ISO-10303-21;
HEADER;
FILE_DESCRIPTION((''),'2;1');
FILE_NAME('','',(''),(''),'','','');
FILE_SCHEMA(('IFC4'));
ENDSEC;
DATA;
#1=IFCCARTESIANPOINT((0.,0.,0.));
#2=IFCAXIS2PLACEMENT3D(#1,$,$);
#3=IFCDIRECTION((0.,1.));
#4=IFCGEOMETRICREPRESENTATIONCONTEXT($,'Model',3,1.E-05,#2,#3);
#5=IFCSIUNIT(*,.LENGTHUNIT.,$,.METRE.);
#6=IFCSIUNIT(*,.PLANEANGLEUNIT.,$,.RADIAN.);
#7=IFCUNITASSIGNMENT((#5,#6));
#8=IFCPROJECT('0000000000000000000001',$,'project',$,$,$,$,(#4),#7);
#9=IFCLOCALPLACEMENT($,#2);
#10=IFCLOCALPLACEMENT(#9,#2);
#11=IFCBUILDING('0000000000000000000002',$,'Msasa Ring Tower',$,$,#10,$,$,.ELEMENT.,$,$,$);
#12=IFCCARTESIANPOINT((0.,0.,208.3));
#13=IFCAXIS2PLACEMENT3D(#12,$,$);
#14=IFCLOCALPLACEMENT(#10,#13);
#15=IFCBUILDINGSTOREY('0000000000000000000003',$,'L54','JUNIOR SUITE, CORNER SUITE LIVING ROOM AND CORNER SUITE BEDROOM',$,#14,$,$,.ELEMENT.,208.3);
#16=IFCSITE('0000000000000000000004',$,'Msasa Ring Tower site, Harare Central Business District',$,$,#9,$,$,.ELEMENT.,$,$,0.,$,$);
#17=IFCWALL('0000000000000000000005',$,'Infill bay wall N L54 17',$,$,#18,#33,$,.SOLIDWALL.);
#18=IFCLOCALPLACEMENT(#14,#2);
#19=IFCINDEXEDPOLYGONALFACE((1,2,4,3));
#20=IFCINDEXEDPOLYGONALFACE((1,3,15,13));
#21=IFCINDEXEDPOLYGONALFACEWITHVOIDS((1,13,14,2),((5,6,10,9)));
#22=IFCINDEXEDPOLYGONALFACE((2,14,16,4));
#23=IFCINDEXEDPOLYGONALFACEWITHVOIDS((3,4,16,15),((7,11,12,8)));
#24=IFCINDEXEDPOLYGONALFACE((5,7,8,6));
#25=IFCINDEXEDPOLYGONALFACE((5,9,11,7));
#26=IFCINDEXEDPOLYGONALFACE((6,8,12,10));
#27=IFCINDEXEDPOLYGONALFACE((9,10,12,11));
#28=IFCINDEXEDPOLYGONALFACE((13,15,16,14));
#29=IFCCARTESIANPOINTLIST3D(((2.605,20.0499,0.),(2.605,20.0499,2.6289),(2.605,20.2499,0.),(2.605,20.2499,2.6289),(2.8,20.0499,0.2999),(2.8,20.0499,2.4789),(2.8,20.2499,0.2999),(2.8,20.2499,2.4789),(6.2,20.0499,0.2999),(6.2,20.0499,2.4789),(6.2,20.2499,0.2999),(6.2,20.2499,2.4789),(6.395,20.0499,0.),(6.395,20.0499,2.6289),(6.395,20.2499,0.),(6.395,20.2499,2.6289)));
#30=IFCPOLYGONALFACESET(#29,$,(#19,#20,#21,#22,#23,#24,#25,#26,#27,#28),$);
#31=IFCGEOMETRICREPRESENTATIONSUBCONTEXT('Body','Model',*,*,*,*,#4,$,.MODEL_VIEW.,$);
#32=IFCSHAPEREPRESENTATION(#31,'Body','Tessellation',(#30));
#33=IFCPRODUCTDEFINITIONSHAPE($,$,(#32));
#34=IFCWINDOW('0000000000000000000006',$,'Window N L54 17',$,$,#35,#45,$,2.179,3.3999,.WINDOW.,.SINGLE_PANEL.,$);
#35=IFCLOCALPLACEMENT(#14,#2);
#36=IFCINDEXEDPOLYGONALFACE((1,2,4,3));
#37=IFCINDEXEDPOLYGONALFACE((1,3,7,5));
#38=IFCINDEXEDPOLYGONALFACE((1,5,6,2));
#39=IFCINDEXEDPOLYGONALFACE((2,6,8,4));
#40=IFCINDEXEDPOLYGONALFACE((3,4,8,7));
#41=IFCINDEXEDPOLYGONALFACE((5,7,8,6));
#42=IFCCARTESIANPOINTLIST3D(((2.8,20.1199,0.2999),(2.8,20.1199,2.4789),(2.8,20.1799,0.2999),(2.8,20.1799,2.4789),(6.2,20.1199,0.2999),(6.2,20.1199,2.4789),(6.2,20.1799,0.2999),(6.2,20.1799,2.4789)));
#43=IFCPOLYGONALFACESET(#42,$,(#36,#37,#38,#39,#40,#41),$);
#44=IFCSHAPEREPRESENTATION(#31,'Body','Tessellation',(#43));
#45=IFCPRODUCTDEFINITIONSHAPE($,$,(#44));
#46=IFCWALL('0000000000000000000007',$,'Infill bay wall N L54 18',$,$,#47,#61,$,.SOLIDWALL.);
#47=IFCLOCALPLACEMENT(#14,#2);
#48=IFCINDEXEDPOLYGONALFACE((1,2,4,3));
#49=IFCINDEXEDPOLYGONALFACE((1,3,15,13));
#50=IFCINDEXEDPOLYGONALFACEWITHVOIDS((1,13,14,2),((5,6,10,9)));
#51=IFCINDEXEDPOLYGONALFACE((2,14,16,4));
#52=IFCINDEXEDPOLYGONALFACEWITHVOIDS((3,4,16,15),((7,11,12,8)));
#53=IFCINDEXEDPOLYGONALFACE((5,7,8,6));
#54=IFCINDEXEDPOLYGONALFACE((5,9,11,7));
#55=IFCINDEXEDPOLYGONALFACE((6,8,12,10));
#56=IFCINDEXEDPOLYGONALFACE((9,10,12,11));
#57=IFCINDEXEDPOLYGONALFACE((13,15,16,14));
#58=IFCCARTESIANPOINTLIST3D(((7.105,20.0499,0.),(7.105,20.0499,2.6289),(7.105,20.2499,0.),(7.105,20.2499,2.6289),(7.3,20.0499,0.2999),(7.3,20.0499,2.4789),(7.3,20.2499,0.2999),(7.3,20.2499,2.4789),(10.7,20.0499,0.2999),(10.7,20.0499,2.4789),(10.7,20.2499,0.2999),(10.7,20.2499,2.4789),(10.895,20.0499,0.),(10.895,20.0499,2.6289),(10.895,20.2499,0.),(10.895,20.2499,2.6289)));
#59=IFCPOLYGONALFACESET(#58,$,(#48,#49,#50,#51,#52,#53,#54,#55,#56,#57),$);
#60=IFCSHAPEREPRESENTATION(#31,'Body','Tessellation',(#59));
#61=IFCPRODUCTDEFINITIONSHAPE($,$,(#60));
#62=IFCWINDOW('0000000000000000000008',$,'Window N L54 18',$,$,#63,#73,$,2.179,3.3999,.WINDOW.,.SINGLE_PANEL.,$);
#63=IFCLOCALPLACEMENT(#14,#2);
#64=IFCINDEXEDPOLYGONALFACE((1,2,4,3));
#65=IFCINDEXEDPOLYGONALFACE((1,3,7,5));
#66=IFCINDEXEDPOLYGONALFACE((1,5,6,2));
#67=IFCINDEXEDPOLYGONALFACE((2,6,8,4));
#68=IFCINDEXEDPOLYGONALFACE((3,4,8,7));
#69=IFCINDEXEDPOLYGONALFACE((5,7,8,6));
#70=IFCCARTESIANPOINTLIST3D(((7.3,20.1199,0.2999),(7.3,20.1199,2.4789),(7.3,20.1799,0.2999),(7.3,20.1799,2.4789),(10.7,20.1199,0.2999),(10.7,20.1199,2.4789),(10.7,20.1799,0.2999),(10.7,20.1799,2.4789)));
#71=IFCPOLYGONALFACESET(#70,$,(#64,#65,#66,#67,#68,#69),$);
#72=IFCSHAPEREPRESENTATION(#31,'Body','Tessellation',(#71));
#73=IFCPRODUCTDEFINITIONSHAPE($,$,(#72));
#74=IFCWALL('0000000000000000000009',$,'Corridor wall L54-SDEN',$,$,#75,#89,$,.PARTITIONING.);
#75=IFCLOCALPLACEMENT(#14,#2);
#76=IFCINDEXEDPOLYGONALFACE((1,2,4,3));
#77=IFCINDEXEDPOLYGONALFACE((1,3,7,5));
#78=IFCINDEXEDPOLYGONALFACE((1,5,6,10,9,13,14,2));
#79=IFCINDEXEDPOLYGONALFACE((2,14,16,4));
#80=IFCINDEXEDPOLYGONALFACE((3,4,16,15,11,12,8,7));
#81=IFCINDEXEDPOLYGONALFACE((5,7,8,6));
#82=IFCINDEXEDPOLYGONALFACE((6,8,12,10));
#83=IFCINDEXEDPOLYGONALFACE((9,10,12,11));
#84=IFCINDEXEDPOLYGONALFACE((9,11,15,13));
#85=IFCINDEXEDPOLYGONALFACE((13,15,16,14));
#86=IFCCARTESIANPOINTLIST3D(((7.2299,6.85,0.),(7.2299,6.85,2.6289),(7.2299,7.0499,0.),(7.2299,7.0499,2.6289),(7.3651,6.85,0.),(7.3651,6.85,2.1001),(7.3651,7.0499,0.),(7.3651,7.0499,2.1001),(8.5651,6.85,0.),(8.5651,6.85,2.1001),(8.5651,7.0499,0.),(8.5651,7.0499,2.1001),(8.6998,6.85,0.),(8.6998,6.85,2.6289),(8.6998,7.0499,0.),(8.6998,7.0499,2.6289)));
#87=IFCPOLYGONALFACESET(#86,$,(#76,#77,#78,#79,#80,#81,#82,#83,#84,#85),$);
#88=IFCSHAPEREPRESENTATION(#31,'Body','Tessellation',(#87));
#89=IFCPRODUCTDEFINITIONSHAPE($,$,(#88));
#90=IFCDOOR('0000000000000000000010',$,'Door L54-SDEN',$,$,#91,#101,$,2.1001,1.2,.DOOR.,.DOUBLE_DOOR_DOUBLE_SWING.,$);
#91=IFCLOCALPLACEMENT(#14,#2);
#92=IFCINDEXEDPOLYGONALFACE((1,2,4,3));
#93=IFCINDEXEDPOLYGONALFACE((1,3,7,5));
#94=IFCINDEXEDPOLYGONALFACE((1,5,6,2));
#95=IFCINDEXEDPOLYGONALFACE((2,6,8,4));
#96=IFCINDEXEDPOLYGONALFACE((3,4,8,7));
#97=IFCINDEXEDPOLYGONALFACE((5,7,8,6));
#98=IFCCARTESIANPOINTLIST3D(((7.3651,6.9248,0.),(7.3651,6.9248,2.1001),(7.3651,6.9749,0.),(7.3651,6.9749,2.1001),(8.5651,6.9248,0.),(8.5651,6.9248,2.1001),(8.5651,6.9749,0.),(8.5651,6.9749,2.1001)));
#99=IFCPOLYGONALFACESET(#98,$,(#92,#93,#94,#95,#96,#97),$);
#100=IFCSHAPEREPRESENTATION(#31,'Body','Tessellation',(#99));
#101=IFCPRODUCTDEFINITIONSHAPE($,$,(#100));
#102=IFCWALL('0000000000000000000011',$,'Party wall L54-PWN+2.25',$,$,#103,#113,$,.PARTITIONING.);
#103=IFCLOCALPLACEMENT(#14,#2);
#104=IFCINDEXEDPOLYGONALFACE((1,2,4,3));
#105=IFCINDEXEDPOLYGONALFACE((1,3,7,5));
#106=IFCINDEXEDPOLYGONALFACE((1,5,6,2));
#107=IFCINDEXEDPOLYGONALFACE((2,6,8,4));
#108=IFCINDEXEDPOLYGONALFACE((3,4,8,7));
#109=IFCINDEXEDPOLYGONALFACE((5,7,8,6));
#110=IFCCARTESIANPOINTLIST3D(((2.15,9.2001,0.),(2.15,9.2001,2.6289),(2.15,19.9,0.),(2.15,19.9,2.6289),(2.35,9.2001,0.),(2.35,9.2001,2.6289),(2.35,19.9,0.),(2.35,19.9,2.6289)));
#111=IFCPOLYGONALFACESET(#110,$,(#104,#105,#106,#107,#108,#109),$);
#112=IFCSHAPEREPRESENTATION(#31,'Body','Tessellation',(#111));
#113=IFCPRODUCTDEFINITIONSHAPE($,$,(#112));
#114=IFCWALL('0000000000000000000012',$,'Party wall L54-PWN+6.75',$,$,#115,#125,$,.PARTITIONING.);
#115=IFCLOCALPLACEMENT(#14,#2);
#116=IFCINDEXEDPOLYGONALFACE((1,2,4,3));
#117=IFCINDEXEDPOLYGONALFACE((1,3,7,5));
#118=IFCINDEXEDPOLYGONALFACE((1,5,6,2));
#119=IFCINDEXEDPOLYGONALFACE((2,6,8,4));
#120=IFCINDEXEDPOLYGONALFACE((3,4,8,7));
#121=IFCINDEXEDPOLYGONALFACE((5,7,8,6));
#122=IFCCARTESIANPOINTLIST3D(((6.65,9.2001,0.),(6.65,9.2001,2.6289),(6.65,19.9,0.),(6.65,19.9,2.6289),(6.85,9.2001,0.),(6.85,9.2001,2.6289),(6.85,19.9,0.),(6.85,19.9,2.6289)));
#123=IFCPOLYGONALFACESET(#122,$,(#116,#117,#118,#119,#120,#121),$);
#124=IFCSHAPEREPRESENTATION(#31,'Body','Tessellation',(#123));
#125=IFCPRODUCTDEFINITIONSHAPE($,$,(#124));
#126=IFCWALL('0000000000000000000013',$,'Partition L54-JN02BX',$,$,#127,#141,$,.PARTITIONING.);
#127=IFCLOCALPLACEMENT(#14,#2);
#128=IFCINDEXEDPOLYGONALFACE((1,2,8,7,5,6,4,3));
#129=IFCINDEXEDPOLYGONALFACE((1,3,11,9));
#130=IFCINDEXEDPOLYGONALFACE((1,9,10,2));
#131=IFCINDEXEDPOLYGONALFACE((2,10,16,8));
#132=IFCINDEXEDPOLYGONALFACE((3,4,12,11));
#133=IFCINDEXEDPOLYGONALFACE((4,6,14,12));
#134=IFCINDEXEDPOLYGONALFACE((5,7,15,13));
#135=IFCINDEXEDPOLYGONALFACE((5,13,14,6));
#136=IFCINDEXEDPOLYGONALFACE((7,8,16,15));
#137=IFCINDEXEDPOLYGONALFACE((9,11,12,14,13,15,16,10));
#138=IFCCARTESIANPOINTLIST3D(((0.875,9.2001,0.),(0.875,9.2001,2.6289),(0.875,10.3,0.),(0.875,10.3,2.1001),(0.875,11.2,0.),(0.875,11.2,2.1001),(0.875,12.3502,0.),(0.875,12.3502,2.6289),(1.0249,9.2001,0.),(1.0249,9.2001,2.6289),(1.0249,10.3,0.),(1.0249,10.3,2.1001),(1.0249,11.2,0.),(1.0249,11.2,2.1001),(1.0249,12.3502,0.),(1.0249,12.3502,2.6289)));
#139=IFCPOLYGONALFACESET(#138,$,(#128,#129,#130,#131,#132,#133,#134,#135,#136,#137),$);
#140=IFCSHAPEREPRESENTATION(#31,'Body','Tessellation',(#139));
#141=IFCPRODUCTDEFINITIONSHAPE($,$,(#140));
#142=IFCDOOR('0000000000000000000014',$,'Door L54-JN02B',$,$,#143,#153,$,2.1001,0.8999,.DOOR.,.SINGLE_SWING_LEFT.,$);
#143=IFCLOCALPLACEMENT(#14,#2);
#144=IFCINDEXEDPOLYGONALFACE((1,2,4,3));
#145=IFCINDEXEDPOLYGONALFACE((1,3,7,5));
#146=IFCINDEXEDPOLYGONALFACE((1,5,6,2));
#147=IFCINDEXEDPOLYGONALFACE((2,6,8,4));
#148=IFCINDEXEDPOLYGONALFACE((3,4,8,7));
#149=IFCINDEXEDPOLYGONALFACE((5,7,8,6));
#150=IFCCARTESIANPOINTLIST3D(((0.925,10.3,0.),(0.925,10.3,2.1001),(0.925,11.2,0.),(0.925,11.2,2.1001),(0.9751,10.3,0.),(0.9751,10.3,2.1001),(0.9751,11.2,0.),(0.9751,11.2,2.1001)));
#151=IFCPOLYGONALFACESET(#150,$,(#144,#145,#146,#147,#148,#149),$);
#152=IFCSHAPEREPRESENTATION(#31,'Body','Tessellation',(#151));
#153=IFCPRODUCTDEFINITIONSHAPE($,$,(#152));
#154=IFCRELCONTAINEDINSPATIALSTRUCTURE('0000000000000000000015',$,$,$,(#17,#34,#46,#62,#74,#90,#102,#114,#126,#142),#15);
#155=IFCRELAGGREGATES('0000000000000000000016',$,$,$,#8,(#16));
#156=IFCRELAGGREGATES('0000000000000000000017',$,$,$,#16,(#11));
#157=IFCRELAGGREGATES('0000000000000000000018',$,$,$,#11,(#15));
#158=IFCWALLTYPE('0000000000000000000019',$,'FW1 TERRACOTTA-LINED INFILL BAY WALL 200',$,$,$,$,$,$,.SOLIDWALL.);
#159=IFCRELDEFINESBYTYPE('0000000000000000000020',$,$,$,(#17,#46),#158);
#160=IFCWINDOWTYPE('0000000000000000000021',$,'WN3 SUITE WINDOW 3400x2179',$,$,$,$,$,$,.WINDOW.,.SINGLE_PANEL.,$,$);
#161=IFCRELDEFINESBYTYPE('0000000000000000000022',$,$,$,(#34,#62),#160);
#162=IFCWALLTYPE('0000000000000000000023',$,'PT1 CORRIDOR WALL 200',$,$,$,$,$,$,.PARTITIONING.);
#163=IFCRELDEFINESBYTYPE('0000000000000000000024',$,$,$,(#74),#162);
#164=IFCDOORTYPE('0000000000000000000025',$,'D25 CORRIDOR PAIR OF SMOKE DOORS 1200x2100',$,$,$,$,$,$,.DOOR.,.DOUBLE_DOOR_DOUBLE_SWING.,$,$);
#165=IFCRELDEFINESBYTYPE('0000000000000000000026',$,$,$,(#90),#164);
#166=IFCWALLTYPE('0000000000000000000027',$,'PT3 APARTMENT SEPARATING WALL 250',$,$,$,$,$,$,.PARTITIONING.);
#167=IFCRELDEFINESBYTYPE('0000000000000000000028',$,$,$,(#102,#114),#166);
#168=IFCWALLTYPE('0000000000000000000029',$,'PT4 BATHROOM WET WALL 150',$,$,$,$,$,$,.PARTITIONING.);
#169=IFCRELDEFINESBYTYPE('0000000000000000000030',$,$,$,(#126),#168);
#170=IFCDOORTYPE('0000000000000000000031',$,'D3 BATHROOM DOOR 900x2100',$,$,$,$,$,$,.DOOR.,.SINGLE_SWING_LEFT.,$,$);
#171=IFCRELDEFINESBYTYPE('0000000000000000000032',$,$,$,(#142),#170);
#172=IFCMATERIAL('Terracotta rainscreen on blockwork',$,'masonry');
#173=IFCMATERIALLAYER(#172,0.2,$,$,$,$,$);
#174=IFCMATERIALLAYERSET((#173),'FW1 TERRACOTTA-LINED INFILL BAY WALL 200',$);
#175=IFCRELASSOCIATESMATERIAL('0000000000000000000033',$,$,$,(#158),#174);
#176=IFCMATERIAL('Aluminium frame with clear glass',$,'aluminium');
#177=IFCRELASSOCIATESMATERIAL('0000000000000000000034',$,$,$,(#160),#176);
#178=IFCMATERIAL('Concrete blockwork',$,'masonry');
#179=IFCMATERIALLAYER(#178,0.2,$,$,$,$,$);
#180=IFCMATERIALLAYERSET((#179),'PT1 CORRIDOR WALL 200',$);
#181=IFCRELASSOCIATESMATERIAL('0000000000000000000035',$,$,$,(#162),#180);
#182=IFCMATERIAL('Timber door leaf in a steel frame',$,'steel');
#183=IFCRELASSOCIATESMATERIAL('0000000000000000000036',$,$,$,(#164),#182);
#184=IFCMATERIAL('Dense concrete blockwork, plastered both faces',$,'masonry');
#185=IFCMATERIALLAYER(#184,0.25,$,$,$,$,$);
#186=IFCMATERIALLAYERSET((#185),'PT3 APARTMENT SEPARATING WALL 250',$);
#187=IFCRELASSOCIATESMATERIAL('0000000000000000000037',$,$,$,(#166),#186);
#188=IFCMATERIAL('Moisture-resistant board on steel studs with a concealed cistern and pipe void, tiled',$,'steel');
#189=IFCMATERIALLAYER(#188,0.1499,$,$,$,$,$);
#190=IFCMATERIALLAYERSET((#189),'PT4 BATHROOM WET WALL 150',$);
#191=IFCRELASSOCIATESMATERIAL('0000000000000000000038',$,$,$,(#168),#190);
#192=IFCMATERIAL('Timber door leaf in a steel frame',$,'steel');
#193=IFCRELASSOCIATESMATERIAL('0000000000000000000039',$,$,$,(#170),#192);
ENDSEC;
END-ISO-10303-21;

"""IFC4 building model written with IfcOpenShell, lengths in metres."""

from ifc_helpers import new_model, si_unit, direction, frame, frame_2d, origin, place, context, subcontext, project, spatial, rectangle, extrude, material, layer, layer_set, type_object, element, fill, save


model = new_model("IFC4")

# Units and contexts
model_context = context("Model", 3, precision=1e-05, world=origin(), true_north=direction((0.0, 1.0)))
body_context = subcontext(model_context, "Body", "Model", "MODEL_VIEW")
ifc_project = project(units=[si_unit("LENGTHUNIT", "METRE"), si_unit("PLANEANGLEUNIT", "RADIAN")], contexts=[model_context])

# Site, building, storey
site_placement = place(None, origin())
site = spatial("IfcSite", under=ifc_project, at=site_placement, Name="Msasa Ring Tower site, Harare Central Business District", CompositionType="ELEMENT", RefElevation=0.0)
building_placement = place(site_placement, origin())
building = spatial("IfcBuilding", under=site, at=building_placement, Name="Msasa Ring Tower", CompositionType="ELEMENT")
storey_placement = place(building_placement, frame((0.0, 0.0, 208.3)))
storey = spatial("IfcBuildingStorey", under=building, at=storey_placement, Name="L54", Description="JUNIOR SUITE, CORNER SUITE LIVING ROOM AND CORNER SUITE BEDROOM", CompositionType="ELEMENT", Elevation=208.3)

# Walls, openings, windows
ifc_material_1 = material(Name="Terracotta rainscreen on blockwork", Category="masonry")
ifc_layer_1 = layer(ifc_material_1, 0.2)
ifc_layer_set_1 = layer_set([ifc_layer_1], Name="FW1 TERRACOTTA-LINED INFILL BAY WALL 200")
wall_type_1 = type_object("IfcWallType", Name="FW1 TERRACOTTA-LINED INFILL BAY WALL 200", PredefinedType="SOLIDWALL", material=ifc_layer_set_1)
wall_1_placement = place(storey_placement, frame((2.605, 20.1499, 0.0), z_axis=(0.0, 0.0, 1.0), x_axis=(1.0, 0.0, 0.0)))
wall_1 = element("IfcWall", 1, at=wall_1_placement, inside=storey, type_object=wall_type_1, Name="Infill bay wall N L54 17", PredefinedType="SOLIDWALL", context=body_context, shape_type="SweptSolid", body=[
    extrude(rectangle(XDim=3.79, YDim=0.2, at=frame_2d((1.895, 0.0))), origin(), (0.0, 0.0, 1.0), 2.6289),
])
opening_1_placement = place(wall_1_placement, frame((0.1951, 0.0, 0.3)))
opening_1 = element("IfcOpeningElement", 2, at=opening_1_placement, cuts=wall_1, PredefinedType="OPENING", context=body_context, shape_type="SweptSolid", body=[
    extrude(rectangle(XDim=3.3999, YDim=2.179, at=frame_2d((1.7, 1.0894))), frame((0.0, 0.1099, 0.0), z_axis=(0.0, -1.0, 0.0), x_axis=(1.0, 0.0, 0.0)), (0.0, 0.0, 1.0), 0.22),
])
ifc_material_2 = material(Name="Aluminium frame with clear glass", Category="aluminium")
window_type = type_object("IfcWindowType", Name="WN3 SUITE WINDOW 3400x2179", PartitioningType="SINGLE_PANEL", PredefinedType="WINDOW", material=ifc_material_2)
window_1_placement = place(opening_1_placement, origin())
window_1 = element("IfcWindow", 3, at=window_1_placement, inside=storey, type_object=window_type, Name="Window N L54 17", OverallHeight=2.179, OverallWidth=3.3999, PartitioningType="SINGLE_PANEL", PredefinedType="WINDOW", context=body_context, shape_type="SweptSolid", body=[
    extrude(rectangle(XDim=3.3999, YDim=2.179, at=frame_2d((1.7, 1.0894))), frame((0.0, 0.03, 0.0), z_axis=(0.0, -1.0, 0.0), x_axis=(1.0, 0.0, 0.0)), (0.0, 0.0, 1.0), 0.0601),
])
fill(opening_1, window_1)
wall_2_placement = place(storey_placement, frame((7.105, 20.1499, 0.0), z_axis=(0.0, 0.0, 1.0), x_axis=(1.0, 0.0, 0.0)))
wall_2 = element("IfcWall", 4, at=wall_2_placement, inside=storey, type_object=wall_type_1, Name="Infill bay wall N L54 18", PredefinedType="SOLIDWALL", context=body_context, shape_type="SweptSolid", body=[
    extrude(rectangle(XDim=3.79, YDim=0.2, at=frame_2d((1.895, 0.0))), origin(), (0.0, 0.0, 1.0), 2.6289),
])
opening_2_placement = place(wall_2_placement, frame((0.1951, 0.0, 0.3)))
opening_2 = element("IfcOpeningElement", 5, at=opening_2_placement, cuts=wall_2, PredefinedType="OPENING", context=body_context, shape_type="SweptSolid", body=[
    extrude(rectangle(XDim=3.3999, YDim=2.179, at=frame_2d((1.7, 1.0894))), frame((0.0, 0.1099, 0.0), z_axis=(0.0, -1.0, 0.0), x_axis=(1.0, 0.0, 0.0)), (0.0, 0.0, 1.0), 0.22),
])
window_2_placement = place(opening_2_placement, origin())
window_2 = element("IfcWindow", 6, at=window_2_placement, inside=storey, type_object=window_type, Name="Window N L54 18", OverallHeight=2.179, OverallWidth=3.3999, PartitioningType="SINGLE_PANEL", PredefinedType="WINDOW", context=body_context, shape_type="SweptSolid", body=[
    extrude(rectangle(XDim=3.3999, YDim=2.179, at=frame_2d((1.7, 1.0894))), frame((0.0, 0.03, 0.0), z_axis=(0.0, -1.0, 0.0), x_axis=(1.0, 0.0, 0.0)), (0.0, 0.0, 1.0), 0.0601),
])
fill(opening_2, window_2)

# Wall, opening, door
ifc_material_3 = material(Name="Concrete blockwork", Category="masonry")
ifc_layer_2 = layer(ifc_material_3, 0.2)
ifc_layer_set_2 = layer_set([ifc_layer_2], Name="PT1 CORRIDOR WALL 200")
wall_type_2 = type_object("IfcWallType", Name="PT1 CORRIDOR WALL 200", PredefinedType="PARTITIONING", material=ifc_layer_set_2)
wall_3_placement = place(storey_placement, frame((7.23, 6.95, 0.0), z_axis=(0.0, 0.0, 1.0), x_axis=(1.0, 0.0, 0.0)))
wall_3 = element("IfcWall", 7, at=wall_3_placement, inside=storey, type_object=wall_type_2, Name="Corridor wall L54-SDEN", PredefinedType="PARTITIONING", context=body_context, shape_type="SweptSolid", body=[
    extrude(rectangle(XDim=1.47, YDim=0.2, at=frame_2d((0.7349, 0.0))), origin(), (0.0, 0.0, 1.0), 2.6289),
])
opening_3_placement = place(wall_3_placement, frame((0.135, 0.0, 0.0)))
opening_3 = element("IfcOpeningElement", 8, at=opening_3_placement, cuts=wall_3, PredefinedType="OPENING", context=body_context, shape_type="SweptSolid", body=[
    extrude(rectangle(XDim=1.2, YDim=2.1001, at=frame_2d((0.6001, 1.05))), frame((0.0, 0.1099, 0.0), z_axis=(0.0, -1.0, 0.0), x_axis=(1.0, 0.0, 0.0)), (0.0, 0.0, 1.0), 0.22),
])
ifc_material_4 = material(Name="Timber door leaf in a steel frame", Category="steel")
door_type_1 = type_object("IfcDoorType", Name="D25 CORRIDOR PAIR OF SMOKE DOORS 1200x2100", OperationType="DOUBLE_DOOR_DOUBLE_SWING", PredefinedType="DOOR", material=ifc_material_4)
door_1_placement = place(opening_3_placement, origin())
door_1 = element("IfcDoor", 9, at=door_1_placement, inside=storey, type_object=door_type_1, Name="Door L54-SDEN", OperationType="DOUBLE_DOOR_DOUBLE_SWING", OverallHeight=2.1001, OverallWidth=1.2, PredefinedType="DOOR", context=body_context, shape_type="SweptSolid", body=[
    extrude(rectangle(XDim=1.2, YDim=2.1001, at=frame_2d((0.6001, 1.05))), frame((0.0, 0.0249, 0.0), z_axis=(0.0, -1.0, 0.0), x_axis=(1.0, 0.0, 0.0)), (0.0, 0.0, 1.0), 0.05),
])
fill(opening_3, door_1)

# Walls
ifc_material_5 = material(Name="Dense concrete blockwork, plastered both faces", Category="masonry")
ifc_layer_3 = layer(ifc_material_5, 0.25)
ifc_layer_set_3 = layer_set([ifc_layer_3], Name="PT3 APARTMENT SEPARATING WALL 250")
wall_type_3 = type_object("IfcWallType", Name="PT3 APARTMENT SEPARATING WALL 250", PredefinedType="PARTITIONING", material=ifc_layer_set_3)
for number, where, z_axis, x_axis, name in (
    (10, (2.25, 9.2, 0.0), (0.0, 0.0, 1.0), (0.0, 1.0, 0.0), "Party wall L54-PWN+2.25"),
    (11, (6.75, 9.2, 0.0), (0.0, 0.0, 1.0), (0.0, 1.0, 0.0), "Party wall L54-PWN+6.75"),
):
    element("IfcWall", number, at=place(storey_placement, frame(where, z_axis=z_axis, x_axis=x_axis)), inside=storey, type_object=wall_type_3, Name=name, PredefinedType="PARTITIONING", context=body_context, shape_type="SweptSolid", body=[
        extrude(rectangle(XDim=10.7, YDim=0.2, at=frame_2d((5.3501, 0.0))), origin(), (0.0, 0.0, 1.0), 2.6289),
    ])

# Wall, opening, door
ifc_material_6 = material(Name="Moisture-resistant board on steel studs with a concealed cistern and pipe void, tiled", Category="steel")
ifc_layer_4 = layer(ifc_material_6, 0.1499)
ifc_layer_set_4 = layer_set([ifc_layer_4], Name="PT4 BATHROOM WET WALL 150")
wall_type_4 = type_object("IfcWallType", Name="PT4 BATHROOM WET WALL 150", PredefinedType="PARTITIONING", material=ifc_layer_set_4)
wall_4_placement = place(storey_placement, frame((0.95, 9.2, 0.0), z_axis=(0.0, 0.0, 1.0), x_axis=(0.0, 1.0, 0.0)))
wall_4 = element("IfcWall", 12, at=wall_4_placement, inside=storey, type_object=wall_type_4, Name="Partition L54-JN02BX", PredefinedType="PARTITIONING", context=body_context, shape_type="SweptSolid", body=[
    extrude(rectangle(XDim=3.1501, YDim=0.1499, at=frame_2d((1.5752, 0.0))), origin(), (0.0, 0.0, 1.0), 2.6289),
])
opening_4_placement = place(wall_4_placement, frame((1.1001, 0.0, 0.0)))
opening_4 = element("IfcOpeningElement", 13, at=opening_4_placement, cuts=wall_4, PredefinedType="OPENING", context=body_context, shape_type="SweptSolid", body=[
    extrude(rectangle(XDim=0.8999, YDim=2.1001, at=frame_2d((0.45, 1.05))), frame((0.0, 0.085, 0.0), z_axis=(0.0, -1.0, 0.0), x_axis=(1.0, 0.0, 0.0)), (0.0, 0.0, 1.0), 0.1699),
])
ifc_material_7 = material(Name="Timber door leaf in a steel frame", Category="steel")
door_type_2 = type_object("IfcDoorType", Name="D3 BATHROOM DOOR 900x2100", OperationType="SINGLE_SWING_LEFT", PredefinedType="DOOR", material=ifc_material_7)
door_2_placement = place(opening_4_placement, origin())
door_2 = element("IfcDoor", 14, at=door_2_placement, inside=storey, type_object=door_type_2, Name="Door L54-JN02B", OperationType="SINGLE_SWING_LEFT", OverallHeight=2.1001, OverallWidth=0.8999, PredefinedType="DOOR", context=body_context, shape_type="SweptSolid", body=[
    extrude(rectangle(XDim=0.8999, YDim=2.1001, at=frame_2d((0.45, 1.05))), frame((0.0, 0.0249, 0.0), z_axis=(0.0, -1.0, 0.0), x_axis=(1.0, 0.0, 0.0)), (0.0, 0.0, 1.0), 0.05),
])
fill(opening_4, door_2)

save(model, "model.ifc")
